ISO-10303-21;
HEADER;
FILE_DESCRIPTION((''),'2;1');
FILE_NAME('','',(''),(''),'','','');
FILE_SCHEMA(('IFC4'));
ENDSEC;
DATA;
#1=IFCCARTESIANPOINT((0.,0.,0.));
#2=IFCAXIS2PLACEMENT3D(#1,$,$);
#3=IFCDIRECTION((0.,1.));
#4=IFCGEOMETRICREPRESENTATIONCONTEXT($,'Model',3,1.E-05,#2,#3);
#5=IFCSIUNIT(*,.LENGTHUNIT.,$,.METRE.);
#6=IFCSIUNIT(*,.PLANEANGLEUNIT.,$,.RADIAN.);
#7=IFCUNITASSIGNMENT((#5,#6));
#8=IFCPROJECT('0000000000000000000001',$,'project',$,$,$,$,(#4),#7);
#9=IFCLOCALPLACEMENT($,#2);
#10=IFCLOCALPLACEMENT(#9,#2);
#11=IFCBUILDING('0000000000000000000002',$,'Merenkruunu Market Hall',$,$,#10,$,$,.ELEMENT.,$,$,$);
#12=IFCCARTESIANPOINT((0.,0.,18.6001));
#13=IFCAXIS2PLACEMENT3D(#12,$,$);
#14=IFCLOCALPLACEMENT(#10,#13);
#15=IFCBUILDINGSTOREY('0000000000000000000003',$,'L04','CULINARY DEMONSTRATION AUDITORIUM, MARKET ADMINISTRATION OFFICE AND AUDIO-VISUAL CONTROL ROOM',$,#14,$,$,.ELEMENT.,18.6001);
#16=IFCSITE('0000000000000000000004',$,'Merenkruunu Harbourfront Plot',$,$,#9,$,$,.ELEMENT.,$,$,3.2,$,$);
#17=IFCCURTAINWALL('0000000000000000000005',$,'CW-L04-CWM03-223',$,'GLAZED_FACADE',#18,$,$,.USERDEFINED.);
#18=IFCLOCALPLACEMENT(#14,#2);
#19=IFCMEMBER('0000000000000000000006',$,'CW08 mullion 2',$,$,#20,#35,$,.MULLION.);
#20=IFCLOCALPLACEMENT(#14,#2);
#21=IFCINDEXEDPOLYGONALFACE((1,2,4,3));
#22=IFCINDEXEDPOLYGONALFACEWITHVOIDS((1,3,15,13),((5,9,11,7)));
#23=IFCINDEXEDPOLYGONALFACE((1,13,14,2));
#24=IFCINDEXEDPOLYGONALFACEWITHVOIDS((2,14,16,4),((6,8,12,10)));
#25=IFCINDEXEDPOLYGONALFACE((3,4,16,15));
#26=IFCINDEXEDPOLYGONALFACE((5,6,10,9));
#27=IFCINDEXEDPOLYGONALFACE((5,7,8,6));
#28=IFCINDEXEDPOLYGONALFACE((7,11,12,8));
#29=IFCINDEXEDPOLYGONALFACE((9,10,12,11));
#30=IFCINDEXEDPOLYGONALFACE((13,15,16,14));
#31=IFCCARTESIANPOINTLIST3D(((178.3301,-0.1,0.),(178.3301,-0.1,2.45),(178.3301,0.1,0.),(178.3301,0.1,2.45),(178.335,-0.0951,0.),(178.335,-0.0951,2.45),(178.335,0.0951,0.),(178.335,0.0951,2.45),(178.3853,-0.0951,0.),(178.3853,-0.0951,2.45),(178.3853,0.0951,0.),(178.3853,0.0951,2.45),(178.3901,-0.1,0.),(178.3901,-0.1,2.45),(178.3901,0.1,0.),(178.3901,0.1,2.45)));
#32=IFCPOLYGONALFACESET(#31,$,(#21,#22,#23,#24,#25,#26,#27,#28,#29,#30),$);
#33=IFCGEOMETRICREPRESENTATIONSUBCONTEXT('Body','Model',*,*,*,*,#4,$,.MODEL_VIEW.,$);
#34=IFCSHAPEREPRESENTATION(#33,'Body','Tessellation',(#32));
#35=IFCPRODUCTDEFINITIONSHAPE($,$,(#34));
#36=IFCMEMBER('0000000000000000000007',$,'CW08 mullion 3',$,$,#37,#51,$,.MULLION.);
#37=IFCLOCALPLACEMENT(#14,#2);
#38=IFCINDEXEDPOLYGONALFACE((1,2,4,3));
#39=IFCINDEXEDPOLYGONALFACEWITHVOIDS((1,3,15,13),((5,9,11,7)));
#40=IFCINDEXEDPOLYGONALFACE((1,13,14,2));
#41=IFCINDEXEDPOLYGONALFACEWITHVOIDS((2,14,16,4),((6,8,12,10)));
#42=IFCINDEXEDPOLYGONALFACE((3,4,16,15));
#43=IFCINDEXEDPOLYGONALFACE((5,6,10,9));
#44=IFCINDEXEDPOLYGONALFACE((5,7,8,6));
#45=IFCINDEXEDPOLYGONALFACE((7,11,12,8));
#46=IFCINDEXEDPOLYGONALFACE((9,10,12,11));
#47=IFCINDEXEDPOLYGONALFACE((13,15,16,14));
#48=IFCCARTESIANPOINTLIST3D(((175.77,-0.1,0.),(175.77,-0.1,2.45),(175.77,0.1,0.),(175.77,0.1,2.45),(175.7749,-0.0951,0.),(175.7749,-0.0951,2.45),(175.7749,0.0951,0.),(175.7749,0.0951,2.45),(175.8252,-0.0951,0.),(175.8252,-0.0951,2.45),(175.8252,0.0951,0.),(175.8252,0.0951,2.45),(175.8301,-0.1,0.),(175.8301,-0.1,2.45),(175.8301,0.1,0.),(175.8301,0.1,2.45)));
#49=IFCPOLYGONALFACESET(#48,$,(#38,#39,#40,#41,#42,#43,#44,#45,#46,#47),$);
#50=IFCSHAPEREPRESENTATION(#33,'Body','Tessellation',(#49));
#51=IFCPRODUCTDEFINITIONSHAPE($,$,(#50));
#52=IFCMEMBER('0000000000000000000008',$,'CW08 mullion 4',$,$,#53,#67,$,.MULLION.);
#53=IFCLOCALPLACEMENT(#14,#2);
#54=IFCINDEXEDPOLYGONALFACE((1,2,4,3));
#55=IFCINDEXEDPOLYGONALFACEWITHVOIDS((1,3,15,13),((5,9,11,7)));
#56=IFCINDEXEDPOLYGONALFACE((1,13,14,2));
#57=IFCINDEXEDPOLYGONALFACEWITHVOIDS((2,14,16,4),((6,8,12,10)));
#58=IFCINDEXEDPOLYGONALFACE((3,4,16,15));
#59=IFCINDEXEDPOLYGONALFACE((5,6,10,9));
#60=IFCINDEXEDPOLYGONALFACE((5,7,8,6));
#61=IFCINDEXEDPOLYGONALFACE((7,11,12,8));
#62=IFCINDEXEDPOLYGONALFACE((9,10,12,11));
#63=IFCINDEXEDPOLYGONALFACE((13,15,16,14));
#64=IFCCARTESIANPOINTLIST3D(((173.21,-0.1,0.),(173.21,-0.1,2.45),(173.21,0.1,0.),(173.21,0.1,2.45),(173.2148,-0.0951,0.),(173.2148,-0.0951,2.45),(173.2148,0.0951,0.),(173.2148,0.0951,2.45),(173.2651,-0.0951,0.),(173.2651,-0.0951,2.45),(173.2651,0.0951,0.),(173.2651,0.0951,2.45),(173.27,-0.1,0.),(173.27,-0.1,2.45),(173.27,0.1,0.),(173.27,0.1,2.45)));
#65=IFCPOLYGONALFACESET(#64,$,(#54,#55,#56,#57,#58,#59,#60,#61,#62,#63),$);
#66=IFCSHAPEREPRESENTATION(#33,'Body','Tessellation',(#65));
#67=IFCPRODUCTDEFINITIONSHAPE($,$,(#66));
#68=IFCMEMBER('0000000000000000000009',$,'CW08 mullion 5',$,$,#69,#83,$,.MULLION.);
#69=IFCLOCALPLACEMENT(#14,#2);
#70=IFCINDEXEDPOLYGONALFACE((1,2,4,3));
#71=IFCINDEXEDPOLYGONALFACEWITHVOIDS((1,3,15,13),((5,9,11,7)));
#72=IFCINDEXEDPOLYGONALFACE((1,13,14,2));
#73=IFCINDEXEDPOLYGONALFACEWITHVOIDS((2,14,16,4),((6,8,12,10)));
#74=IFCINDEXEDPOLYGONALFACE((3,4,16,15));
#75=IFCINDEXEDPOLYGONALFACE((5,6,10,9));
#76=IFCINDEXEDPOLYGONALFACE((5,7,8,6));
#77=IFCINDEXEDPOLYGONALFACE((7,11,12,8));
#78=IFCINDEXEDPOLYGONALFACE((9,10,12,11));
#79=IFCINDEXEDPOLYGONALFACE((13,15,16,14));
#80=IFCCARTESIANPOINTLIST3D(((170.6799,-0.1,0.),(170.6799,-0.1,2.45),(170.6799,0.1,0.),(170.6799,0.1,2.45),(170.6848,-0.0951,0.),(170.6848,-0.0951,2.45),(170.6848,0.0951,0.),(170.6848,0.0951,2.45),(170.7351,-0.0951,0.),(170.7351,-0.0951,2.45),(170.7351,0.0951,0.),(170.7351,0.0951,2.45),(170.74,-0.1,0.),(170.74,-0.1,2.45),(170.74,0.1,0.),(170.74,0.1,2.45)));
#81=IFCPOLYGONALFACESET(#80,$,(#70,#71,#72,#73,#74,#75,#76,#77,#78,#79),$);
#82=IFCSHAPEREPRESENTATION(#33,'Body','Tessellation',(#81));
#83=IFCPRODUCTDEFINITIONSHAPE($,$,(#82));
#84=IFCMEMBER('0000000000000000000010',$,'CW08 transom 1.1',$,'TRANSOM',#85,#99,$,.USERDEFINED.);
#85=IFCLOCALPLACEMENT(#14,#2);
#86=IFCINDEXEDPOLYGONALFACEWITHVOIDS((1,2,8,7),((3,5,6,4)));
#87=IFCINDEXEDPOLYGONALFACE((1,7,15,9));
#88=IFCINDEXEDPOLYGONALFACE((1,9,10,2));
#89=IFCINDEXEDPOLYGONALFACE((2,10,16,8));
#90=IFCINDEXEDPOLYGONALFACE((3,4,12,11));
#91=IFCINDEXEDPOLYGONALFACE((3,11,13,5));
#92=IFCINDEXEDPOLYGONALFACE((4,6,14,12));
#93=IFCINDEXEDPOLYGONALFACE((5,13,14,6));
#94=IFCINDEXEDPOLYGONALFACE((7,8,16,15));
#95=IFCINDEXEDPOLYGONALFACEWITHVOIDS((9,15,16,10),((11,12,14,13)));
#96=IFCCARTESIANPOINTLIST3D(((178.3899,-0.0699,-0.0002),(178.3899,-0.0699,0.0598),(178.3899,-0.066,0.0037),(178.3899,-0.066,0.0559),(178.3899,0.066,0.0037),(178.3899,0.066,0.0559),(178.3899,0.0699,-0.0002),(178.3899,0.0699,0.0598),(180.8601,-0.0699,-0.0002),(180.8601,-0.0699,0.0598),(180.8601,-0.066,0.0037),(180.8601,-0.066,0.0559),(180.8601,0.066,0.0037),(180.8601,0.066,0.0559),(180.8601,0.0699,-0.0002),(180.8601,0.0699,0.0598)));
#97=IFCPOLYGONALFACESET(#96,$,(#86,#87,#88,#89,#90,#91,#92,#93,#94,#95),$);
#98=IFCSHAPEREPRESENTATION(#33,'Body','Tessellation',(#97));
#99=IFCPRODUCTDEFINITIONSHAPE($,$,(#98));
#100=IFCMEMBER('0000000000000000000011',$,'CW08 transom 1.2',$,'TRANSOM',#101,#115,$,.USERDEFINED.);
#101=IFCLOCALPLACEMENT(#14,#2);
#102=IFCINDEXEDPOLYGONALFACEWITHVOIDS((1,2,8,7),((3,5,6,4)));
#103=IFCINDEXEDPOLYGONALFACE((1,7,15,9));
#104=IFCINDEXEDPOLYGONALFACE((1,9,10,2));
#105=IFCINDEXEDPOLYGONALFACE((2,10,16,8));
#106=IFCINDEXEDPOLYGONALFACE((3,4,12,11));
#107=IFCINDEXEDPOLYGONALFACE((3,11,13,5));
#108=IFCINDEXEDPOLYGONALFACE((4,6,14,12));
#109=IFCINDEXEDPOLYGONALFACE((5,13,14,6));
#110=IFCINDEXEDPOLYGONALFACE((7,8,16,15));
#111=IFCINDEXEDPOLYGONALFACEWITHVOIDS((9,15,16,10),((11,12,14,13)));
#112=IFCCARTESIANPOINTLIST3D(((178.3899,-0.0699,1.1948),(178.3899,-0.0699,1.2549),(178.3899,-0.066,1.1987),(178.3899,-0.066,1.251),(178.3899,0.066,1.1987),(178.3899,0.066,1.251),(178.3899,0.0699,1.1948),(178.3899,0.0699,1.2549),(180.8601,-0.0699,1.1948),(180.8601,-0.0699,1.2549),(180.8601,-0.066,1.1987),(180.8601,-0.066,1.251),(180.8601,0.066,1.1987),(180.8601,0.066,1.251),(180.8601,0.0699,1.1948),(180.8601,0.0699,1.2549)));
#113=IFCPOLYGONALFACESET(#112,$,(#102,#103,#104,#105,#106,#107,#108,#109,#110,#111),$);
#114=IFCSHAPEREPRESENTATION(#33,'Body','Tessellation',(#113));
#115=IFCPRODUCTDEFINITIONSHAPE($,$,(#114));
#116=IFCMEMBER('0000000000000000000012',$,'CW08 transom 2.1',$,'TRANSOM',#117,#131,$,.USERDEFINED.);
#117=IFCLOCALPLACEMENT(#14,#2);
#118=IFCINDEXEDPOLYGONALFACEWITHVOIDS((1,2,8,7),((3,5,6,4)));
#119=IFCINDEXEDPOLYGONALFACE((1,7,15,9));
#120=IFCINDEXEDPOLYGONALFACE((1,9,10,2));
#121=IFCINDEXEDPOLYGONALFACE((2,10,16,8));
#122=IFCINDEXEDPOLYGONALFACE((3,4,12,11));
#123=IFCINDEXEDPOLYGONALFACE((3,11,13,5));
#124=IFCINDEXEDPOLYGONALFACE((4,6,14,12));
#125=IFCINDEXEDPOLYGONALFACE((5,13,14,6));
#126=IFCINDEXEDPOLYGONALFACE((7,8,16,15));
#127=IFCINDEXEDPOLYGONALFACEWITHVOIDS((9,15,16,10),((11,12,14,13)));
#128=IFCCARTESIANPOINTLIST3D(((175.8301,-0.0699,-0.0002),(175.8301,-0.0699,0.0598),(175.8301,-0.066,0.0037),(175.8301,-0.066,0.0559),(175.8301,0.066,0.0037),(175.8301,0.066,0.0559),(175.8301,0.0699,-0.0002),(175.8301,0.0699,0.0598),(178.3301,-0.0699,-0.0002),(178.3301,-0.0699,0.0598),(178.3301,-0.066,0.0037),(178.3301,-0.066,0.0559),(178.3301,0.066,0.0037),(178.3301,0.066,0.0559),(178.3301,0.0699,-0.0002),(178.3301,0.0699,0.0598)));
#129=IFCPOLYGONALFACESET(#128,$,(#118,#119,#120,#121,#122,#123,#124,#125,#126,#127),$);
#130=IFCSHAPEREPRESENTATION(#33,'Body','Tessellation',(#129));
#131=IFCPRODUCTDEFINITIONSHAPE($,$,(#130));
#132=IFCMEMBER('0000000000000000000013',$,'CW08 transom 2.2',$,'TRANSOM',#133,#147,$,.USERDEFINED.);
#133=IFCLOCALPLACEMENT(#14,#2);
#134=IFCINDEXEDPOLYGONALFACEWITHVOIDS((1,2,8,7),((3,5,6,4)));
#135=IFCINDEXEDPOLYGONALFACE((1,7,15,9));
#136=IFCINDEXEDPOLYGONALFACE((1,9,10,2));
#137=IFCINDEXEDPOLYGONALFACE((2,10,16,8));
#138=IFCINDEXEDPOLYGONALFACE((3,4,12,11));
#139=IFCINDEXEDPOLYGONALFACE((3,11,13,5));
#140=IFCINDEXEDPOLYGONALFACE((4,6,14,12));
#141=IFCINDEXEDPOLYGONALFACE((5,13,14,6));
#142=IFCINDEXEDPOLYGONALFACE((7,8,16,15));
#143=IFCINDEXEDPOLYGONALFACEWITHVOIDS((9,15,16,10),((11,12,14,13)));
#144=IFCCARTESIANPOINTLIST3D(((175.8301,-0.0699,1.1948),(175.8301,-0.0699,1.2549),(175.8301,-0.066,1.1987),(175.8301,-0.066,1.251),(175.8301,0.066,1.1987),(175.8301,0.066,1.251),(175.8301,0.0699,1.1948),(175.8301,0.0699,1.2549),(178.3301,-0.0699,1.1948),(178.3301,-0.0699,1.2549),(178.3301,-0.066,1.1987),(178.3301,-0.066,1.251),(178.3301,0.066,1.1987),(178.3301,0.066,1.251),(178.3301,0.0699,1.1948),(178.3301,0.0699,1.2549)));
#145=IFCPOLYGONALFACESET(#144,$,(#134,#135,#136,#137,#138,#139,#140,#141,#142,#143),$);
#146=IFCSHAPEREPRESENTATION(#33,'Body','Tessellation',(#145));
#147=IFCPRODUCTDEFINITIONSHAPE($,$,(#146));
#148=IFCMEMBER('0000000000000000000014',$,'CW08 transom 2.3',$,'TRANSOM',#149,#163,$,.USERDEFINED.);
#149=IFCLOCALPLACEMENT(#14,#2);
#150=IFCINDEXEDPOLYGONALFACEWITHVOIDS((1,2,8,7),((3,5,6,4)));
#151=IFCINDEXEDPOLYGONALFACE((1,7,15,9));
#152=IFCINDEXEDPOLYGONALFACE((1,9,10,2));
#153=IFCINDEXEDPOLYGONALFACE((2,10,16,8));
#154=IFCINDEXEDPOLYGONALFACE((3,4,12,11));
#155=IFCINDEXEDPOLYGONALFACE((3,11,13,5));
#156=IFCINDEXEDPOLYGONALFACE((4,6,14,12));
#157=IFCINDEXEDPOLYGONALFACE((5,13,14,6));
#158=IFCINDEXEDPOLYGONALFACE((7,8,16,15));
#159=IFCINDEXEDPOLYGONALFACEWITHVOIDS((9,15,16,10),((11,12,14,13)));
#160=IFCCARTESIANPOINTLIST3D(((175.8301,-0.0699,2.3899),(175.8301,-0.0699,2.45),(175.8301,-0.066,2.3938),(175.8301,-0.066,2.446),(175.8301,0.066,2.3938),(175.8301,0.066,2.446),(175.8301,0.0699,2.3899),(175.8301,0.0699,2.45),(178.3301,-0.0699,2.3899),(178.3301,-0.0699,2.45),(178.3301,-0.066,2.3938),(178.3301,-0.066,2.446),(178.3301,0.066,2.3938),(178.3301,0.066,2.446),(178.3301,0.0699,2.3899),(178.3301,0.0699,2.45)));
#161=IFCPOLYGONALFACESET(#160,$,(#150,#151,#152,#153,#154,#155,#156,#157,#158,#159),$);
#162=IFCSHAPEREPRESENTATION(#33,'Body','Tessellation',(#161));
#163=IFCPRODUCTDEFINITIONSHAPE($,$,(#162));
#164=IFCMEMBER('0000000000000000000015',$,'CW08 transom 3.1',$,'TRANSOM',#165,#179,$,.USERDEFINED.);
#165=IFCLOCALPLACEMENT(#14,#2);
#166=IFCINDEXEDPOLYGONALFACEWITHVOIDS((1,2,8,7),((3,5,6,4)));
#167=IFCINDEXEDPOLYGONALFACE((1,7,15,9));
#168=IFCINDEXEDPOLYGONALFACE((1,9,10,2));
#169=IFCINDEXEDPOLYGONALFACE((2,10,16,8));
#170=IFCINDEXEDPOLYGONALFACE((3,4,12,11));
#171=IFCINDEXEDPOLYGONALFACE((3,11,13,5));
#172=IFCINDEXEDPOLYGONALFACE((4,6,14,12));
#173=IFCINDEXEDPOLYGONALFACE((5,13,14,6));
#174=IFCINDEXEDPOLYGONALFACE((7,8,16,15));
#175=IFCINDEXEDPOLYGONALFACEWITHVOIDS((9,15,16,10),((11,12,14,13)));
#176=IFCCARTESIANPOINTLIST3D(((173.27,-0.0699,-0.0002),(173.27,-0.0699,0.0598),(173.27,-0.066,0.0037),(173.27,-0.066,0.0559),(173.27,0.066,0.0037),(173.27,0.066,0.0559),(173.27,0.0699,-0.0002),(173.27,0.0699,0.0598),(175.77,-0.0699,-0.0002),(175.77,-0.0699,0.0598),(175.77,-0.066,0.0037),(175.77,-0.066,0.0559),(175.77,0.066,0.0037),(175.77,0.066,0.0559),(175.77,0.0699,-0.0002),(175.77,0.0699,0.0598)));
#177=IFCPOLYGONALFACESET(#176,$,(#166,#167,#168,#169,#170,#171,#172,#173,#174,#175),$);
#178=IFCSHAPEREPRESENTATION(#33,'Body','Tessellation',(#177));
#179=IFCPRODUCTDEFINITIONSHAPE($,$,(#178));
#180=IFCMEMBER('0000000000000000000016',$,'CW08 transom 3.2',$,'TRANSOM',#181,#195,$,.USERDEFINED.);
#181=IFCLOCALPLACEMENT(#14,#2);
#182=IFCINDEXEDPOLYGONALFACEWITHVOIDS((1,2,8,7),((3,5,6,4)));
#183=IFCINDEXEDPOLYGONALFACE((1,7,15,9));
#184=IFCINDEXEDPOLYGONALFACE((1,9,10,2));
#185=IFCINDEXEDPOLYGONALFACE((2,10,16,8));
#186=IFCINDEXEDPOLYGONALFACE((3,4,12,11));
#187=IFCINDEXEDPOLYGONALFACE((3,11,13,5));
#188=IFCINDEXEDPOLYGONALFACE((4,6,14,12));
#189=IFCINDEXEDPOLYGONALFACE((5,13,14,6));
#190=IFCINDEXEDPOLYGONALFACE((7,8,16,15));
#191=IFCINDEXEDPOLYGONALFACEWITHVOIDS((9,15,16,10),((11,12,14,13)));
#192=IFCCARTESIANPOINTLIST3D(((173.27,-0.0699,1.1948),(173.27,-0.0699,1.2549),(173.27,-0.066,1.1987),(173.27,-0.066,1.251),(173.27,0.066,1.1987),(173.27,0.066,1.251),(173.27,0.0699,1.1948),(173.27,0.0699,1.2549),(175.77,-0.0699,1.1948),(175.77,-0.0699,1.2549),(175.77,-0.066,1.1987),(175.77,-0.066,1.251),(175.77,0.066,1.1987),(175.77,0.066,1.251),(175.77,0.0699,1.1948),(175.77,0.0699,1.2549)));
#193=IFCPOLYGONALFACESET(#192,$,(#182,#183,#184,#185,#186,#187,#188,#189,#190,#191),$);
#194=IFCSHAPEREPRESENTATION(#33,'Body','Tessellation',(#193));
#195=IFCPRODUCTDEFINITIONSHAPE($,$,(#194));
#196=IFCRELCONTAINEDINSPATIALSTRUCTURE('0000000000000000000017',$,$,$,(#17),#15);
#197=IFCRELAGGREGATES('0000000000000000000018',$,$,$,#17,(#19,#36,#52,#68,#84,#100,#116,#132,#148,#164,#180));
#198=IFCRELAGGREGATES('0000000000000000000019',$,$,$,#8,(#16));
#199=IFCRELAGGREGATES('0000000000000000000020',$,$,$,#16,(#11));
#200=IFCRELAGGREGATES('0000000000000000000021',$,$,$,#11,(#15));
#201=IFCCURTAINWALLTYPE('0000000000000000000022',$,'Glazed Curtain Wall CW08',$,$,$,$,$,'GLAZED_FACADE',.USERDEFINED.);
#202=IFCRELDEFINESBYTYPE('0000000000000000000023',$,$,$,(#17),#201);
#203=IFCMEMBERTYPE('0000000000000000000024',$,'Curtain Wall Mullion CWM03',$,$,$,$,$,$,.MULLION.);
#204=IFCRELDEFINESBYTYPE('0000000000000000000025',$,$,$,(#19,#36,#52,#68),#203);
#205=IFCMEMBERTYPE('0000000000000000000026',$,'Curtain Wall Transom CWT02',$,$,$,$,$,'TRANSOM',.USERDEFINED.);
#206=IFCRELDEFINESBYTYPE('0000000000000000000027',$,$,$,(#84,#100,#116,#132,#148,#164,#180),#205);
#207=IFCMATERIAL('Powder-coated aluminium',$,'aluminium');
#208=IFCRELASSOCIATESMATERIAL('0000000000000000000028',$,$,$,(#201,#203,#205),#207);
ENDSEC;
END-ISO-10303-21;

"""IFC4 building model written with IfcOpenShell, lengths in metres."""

from ifc_helpers import new_model, si_unit, direction, frame, origin, origin_2d, place, context, subcontext, project, spatial, hollow_rectangle, extrude, material, material_profile, profile_set, type_object, element, aggregate, save


model = new_model("IFC4")

# Units and contexts
model_context = context("Model", 3, precision=1e-05, world=origin(), true_north=direction((0.0, 1.0)))
body_context = subcontext(model_context, "Body", "Model", "MODEL_VIEW")
ifc_project = project(units=[si_unit("LENGTHUNIT", "METRE"), si_unit("PLANEANGLEUNIT", "RADIAN")], contexts=[model_context])

# Site, building, storey
site_placement = place(None, origin())
site = spatial("IfcSite", under=ifc_project, at=site_placement, Name="Merenkruunu Harbourfront Plot", CompositionType="ELEMENT", RefElevation=3.2)
building_placement = place(site_placement, origin())
building = spatial("IfcBuilding", under=site, at=building_placement, Name="Merenkruunu Market Hall", CompositionType="ELEMENT")
storey_placement = place(building_placement, frame((0.0, 0.0, 18.6001)))
storey = spatial("IfcBuildingStorey", under=building, at=storey_placement, Name="L04", Description="CULINARY DEMONSTRATION AUDITORIUM, MARKET ADMINISTRATION OFFICE AND AUDIO-VISUAL CONTROL ROOM", CompositionType="ELEMENT", Elevation=18.6001)

# Curtain wall, members
ifc_material_1 = material(Name="Powder-coated aluminium", Category="aluminium")
curtain_wall_type = type_object("IfcCurtainWallType", Name="Glazed Curtain Wall CW08", ElementType="GLAZED_FACADE", PredefinedType="USERDEFINED", material=ifc_material_1)
curtain_wall_placement = place(storey_placement, origin())
curtain_wall = element("IfcCurtainWall", 1, at=curtain_wall_placement, inside=storey, type_object=curtain_wall_type, Name="CW-L04-CWM03-223", ObjectType="GLAZED_FACADE", PredefinedType="USERDEFINED")
ifc_material_profile_1 = material_profile(ifc_material_1, hollow_rectangle(XDim=0.0601, YDim=0.2, WallThickness=0.0049, at=origin_2d()), Name="ALU 60x200x5")
ifc_profile_set_1 = profile_set([ifc_material_profile_1], Name="Powder-coated aluminium")
member_type_1 = type_object("IfcMemberType", Name="Curtain Wall Mullion CWM03", PredefinedType="MULLION", material=ifc_profile_set_1)
member_1_placement = place(storey_placement, frame((178.3601, 0.0, 0.0), z_axis=(0.0, 0.0, 1.0), x_axis=(-1.0, 0.0, 0.0)))
member_1 = element("IfcMember", 2, at=member_1_placement, type_object=member_type_1, Name="CW08 mullion 2", PredefinedType="MULLION", context=body_context, shape_type="SweptSolid", body=[
    extrude(hollow_rectangle(XDim=0.0601, YDim=0.2, WallThickness=0.0049, at=origin_2d()), origin(), (0.0, 0.0, 1.0), 2.45),
])
member_2_placement = place(storey_placement, frame((175.8, 0.0, 0.0), z_axis=(0.0, 0.0, 1.0), x_axis=(-1.0, 0.0, 0.0)))
member_2 = element("IfcMember", 3, at=member_2_placement, type_object=member_type_1, Name="CW08 mullion 3", PredefinedType="MULLION", context=body_context, shape_type="SweptSolid", body=[
    extrude(hollow_rectangle(XDim=0.0601, YDim=0.2, WallThickness=0.0049, at=origin_2d()), origin(), (0.0, 0.0, 1.0), 2.45),
])
member_3_placement = place(storey_placement, frame((173.24, 0.0, 0.0), z_axis=(0.0, 0.0, 1.0), x_axis=(-1.0, 0.0, 0.0)))
member_3 = element("IfcMember", 4, at=member_3_placement, type_object=member_type_1, Name="CW08 mullion 4", PredefinedType="MULLION", context=body_context, shape_type="SweptSolid", body=[
    extrude(hollow_rectangle(XDim=0.0601, YDim=0.2, WallThickness=0.0049, at=origin_2d()), origin(), (0.0, 0.0, 1.0), 2.45),
])
member_4_placement = place(storey_placement, frame((170.71, 0.0, 0.0), z_axis=(0.0, 0.0, 1.0), x_axis=(-1.0, 0.0, 0.0)))
member_4 = element("IfcMember", 5, at=member_4_placement, type_object=member_type_1, Name="CW08 mullion 5", PredefinedType="MULLION", context=body_context, shape_type="SweptSolid", body=[
    extrude(hollow_rectangle(XDim=0.0601, YDim=0.2, WallThickness=0.0049, at=origin_2d()), origin(), (0.0, 0.0, 1.0), 2.45),
])
ifc_material_profile_2 = material_profile(ifc_material_1, hollow_rectangle(XDim=0.0601, YDim=0.1399, WallThickness=0.0039, at=origin_2d()), Name="ALU 60x140x4")
ifc_profile_set_2 = profile_set([ifc_material_profile_2], Name="Powder-coated aluminium")
member_type_2 = type_object("IfcMemberType", Name="Curtain Wall Transom CWT02", ElementType="TRANSOM", PredefinedType="USERDEFINED", material=ifc_profile_set_2)
member_5_placement = place(storey_placement, frame((180.8601, 0.0, 0.0298), z_axis=(-1.0, 0.0, 0.0), x_axis=(0.0, 0.0, 1.0)))
member_5 = element("IfcMember", 6, at=member_5_placement, type_object=member_type_2, Name="CW08 transom 1.1", ObjectType="TRANSOM", PredefinedType="USERDEFINED", context=body_context, shape_type="SweptSolid", body=[
    extrude(hollow_rectangle(XDim=0.0601, YDim=0.1399, WallThickness=0.0039, at=origin_2d()), origin(), (0.0, 0.0, 1.0), 2.4702),
])
member_6_placement = place(storey_placement, frame((180.8601, 0.0, 1.2249), z_axis=(-1.0, 0.0, 0.0), x_axis=(0.0, 0.0, 1.0)))
member_6 = element("IfcMember", 7, at=member_6_placement, type_object=member_type_2, Name="CW08 transom 1.2", ObjectType="TRANSOM", PredefinedType="USERDEFINED", context=body_context, shape_type="SweptSolid", body=[
    extrude(hollow_rectangle(XDim=0.0601, YDim=0.1399, WallThickness=0.0039, at=origin_2d()), origin(), (0.0, 0.0, 1.0), 2.4702),
])
member_7_placement = place(storey_placement, frame((178.3301, 0.0, 0.0298), z_axis=(-1.0, 0.0, 0.0), x_axis=(0.0, 0.0, 1.0)))
member_7 = element("IfcMember", 8, at=member_7_placement, type_object=member_type_2, Name="CW08 transom 2.1", ObjectType="TRANSOM", PredefinedType="USERDEFINED", context=body_context, shape_type="SweptSolid", body=[
    extrude(hollow_rectangle(XDim=0.0601, YDim=0.1399, WallThickness=0.0039, at=origin_2d()), origin(), (0.0, 0.0, 1.0), 2.5),
])
member_8_placement = place(storey_placement, frame((178.3301, 0.0, 1.2249), z_axis=(-1.0, 0.0, 0.0), x_axis=(0.0, 0.0, 1.0)))
member_8 = element("IfcMember", 9, at=member_8_placement, type_object=member_type_2, Name="CW08 transom 2.2", ObjectType="TRANSOM", PredefinedType="USERDEFINED", context=body_context, shape_type="SweptSolid", body=[
    extrude(hollow_rectangle(XDim=0.0601, YDim=0.1399, WallThickness=0.0039, at=origin_2d()), origin(), (0.0, 0.0, 1.0), 2.5),
])
member_9_placement = place(storey_placement, frame((178.3301, 0.0, 2.4199), z_axis=(-1.0, 0.0, 0.0), x_axis=(0.0, 0.0, 1.0)))
member_9 = element("IfcMember", 10, at=member_9_placement, type_object=member_type_2, Name="CW08 transom 2.3", ObjectType="TRANSOM", PredefinedType="USERDEFINED", context=body_context, shape_type="SweptSolid", body=[
    extrude(hollow_rectangle(XDim=0.0601, YDim=0.1399, WallThickness=0.0039, at=origin_2d()), origin(), (0.0, 0.0, 1.0), 2.5),
])
member_10_placement = place(storey_placement, frame((175.77, 0.0, 0.0298), z_axis=(-1.0, 0.0, 0.0), x_axis=(0.0, 0.0, 1.0)))
member_10 = element("IfcMember", 11, at=member_10_placement, type_object=member_type_2, Name="CW08 transom 3.1", ObjectType="TRANSOM", PredefinedType="USERDEFINED", context=body_context, shape_type="SweptSolid", body=[
    extrude(hollow_rectangle(XDim=0.0601, YDim=0.1399, WallThickness=0.0039, at=origin_2d()), origin(), (0.0, 0.0, 1.0), 2.5),
])
member_11_placement = place(storey_placement, frame((175.77, 0.0, 1.2249), z_axis=(-1.0, 0.0, 0.0), x_axis=(0.0, 0.0, 1.0)))
member_11 = element("IfcMember", 12, at=member_11_placement, type_object=member_type_2, Name="CW08 transom 3.2", ObjectType="TRANSOM", PredefinedType="USERDEFINED", context=body_context, shape_type="SweptSolid", body=[
    extrude(hollow_rectangle(XDim=0.0601, YDim=0.1399, WallThickness=0.0039, at=origin_2d()), origin(), (0.0, 0.0, 1.0), 2.5),
])

aggregate(curtain_wall, [member_1, member_2, member_3, member_4, member_5, member_6, member_7, member_8, member_9, member_10, member_11])

save(model, "model.ifc")
